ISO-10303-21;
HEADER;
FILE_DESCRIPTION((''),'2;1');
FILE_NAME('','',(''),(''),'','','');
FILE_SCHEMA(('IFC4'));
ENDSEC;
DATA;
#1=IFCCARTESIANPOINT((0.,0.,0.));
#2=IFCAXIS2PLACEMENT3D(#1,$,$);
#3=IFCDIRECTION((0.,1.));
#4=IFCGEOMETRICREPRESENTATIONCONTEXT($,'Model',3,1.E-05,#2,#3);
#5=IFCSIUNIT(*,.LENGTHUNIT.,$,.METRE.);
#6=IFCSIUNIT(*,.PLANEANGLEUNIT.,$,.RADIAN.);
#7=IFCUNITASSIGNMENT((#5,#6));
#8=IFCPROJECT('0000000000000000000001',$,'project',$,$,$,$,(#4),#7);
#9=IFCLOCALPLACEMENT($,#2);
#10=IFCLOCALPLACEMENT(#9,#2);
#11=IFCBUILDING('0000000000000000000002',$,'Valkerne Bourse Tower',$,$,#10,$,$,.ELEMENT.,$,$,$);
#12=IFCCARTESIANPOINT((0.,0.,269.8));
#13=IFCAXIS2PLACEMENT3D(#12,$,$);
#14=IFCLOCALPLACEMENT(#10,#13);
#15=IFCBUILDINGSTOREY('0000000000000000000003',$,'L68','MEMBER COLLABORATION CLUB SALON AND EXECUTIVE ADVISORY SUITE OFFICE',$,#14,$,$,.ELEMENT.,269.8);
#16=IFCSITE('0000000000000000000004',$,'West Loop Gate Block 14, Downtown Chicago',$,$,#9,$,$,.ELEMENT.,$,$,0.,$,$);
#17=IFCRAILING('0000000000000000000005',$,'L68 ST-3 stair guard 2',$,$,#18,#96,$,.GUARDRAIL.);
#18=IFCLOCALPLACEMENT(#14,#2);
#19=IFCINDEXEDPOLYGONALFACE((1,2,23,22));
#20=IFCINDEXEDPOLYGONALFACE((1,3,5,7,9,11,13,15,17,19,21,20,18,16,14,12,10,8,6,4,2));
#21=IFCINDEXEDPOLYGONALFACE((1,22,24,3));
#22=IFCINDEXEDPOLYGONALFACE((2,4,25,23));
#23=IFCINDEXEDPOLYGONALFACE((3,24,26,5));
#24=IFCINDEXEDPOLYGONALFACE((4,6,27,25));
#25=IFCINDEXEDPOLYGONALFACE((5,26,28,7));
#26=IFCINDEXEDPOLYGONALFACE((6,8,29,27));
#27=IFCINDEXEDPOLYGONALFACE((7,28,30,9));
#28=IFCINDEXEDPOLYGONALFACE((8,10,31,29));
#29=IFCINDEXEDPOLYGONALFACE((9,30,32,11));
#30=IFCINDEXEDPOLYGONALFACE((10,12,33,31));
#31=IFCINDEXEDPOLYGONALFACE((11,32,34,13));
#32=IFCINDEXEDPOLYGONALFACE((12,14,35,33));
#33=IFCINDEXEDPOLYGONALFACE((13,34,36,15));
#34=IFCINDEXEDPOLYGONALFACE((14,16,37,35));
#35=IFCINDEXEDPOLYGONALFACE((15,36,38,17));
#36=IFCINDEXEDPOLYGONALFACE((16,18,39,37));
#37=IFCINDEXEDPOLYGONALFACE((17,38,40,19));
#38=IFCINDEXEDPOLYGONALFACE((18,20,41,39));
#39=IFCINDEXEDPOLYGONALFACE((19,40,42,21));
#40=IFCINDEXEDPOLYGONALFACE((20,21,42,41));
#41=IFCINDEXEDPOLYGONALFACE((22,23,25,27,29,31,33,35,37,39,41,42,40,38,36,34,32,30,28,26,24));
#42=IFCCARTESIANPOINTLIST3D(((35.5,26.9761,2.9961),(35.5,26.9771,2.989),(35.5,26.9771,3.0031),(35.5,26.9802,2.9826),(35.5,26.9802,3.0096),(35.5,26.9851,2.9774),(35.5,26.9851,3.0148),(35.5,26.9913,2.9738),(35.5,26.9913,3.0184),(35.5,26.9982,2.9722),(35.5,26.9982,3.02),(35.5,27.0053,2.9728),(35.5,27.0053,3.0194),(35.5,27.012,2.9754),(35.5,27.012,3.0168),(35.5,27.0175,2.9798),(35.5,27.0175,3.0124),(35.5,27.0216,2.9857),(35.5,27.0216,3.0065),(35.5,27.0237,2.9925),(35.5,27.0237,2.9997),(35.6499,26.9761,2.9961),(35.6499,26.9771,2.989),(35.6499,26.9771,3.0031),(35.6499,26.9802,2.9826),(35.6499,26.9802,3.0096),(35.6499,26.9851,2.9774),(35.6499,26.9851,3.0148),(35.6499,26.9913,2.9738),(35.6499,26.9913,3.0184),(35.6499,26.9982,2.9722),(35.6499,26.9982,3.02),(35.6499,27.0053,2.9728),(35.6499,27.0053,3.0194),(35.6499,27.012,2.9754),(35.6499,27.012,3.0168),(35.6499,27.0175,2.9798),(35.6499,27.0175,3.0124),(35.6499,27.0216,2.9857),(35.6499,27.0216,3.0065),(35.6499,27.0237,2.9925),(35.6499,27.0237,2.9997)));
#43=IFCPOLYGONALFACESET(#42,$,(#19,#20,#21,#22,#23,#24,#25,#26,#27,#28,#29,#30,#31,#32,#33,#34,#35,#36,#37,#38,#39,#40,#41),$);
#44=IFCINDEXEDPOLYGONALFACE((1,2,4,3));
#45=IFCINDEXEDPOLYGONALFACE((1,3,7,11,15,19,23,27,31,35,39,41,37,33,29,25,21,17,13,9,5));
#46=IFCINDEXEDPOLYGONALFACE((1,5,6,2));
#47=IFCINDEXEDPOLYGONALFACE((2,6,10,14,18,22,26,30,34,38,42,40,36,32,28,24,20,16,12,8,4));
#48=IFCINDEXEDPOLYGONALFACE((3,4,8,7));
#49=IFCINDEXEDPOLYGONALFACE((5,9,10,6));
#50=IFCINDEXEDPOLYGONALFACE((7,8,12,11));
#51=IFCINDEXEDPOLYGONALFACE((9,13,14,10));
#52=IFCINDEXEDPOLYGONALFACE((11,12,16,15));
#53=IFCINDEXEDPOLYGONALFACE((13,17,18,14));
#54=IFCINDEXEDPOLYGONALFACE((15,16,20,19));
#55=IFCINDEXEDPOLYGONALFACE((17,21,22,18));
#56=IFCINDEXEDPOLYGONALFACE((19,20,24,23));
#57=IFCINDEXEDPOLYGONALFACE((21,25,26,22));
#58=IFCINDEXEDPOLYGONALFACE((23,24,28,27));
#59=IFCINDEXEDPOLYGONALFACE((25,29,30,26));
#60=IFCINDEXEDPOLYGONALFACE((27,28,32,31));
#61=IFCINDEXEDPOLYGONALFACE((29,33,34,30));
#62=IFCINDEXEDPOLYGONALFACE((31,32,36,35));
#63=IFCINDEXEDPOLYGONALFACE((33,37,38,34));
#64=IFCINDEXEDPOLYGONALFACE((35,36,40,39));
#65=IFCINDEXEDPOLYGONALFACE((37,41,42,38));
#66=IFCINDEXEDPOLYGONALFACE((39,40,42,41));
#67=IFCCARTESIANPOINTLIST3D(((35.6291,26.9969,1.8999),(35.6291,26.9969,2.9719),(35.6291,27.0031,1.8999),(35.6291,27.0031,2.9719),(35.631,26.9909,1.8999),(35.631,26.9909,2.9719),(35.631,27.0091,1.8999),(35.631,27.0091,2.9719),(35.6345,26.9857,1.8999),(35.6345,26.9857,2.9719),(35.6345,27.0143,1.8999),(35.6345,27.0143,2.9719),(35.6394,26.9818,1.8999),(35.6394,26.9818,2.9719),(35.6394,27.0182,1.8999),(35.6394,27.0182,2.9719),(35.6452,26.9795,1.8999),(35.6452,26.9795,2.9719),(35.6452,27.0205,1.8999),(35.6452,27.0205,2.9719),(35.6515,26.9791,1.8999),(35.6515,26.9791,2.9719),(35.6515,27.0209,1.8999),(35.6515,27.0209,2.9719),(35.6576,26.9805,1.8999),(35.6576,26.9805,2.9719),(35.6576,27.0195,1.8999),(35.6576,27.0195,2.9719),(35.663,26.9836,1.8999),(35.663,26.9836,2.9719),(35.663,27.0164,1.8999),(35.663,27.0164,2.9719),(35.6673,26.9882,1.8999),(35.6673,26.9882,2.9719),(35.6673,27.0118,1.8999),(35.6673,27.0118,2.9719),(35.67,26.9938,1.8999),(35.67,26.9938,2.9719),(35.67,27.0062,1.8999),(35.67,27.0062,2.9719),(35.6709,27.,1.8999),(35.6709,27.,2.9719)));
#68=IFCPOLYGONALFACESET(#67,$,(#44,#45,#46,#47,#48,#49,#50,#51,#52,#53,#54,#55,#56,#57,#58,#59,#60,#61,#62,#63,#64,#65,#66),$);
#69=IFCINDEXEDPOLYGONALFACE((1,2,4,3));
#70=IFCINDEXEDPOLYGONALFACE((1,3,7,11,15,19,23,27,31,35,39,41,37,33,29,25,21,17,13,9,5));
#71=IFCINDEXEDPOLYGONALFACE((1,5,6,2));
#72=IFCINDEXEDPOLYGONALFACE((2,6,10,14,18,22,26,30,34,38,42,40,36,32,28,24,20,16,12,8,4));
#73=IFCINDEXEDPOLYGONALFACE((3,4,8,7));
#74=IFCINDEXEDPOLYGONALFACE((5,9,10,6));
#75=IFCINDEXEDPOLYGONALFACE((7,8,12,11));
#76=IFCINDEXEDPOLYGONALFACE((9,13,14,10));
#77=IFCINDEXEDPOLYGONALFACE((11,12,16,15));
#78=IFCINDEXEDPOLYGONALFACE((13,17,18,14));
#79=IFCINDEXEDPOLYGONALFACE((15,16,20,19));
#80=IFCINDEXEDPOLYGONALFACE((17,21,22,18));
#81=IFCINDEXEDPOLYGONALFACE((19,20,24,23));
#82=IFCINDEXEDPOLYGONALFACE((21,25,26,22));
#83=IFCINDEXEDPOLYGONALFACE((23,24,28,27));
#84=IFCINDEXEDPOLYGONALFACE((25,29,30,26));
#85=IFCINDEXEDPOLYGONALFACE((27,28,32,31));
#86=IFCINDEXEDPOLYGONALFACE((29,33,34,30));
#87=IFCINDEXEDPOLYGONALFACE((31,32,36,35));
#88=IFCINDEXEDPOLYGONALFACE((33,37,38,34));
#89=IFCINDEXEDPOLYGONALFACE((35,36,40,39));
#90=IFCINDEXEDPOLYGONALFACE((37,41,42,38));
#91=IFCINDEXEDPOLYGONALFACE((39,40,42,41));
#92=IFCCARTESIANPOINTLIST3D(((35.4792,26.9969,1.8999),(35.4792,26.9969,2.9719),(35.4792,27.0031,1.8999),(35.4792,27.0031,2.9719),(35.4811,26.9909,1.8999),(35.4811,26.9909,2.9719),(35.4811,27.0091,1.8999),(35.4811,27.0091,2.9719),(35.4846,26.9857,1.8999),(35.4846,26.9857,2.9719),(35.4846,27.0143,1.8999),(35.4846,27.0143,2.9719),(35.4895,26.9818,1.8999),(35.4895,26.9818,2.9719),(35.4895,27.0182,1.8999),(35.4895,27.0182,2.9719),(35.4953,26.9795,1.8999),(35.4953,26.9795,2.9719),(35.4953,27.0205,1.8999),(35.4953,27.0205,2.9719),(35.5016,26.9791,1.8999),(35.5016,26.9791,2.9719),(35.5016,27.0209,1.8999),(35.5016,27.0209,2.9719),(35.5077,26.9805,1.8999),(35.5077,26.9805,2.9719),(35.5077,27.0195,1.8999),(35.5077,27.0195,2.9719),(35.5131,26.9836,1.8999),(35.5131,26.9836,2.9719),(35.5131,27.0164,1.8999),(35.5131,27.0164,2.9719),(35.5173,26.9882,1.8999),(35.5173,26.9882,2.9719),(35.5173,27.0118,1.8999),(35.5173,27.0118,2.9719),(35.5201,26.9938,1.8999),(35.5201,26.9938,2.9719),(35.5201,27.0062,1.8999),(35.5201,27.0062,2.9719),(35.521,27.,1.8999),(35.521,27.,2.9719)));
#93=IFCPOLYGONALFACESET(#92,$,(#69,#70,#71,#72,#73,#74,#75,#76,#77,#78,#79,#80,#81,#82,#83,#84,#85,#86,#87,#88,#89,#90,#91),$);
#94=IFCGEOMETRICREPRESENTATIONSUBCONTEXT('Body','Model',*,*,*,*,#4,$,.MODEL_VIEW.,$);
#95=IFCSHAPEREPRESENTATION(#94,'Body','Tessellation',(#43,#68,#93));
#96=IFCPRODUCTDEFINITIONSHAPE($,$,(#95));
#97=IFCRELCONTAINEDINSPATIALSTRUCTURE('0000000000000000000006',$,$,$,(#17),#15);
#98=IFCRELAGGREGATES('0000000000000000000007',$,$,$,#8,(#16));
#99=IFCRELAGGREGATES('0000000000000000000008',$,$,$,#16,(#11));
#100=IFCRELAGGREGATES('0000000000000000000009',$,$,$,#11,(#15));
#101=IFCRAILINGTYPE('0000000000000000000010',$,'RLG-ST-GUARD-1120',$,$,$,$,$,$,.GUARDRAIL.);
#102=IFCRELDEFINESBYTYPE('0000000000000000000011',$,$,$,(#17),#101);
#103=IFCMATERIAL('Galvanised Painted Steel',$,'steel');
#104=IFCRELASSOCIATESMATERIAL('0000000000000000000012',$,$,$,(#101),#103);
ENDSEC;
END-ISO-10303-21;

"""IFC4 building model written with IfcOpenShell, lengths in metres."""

from ifc_helpers import new_model, si_unit, direction, frame, origin, origin_2d, place, context, subcontext, project, spatial, circle, extrude, material, type_object, element, save


model = new_model("IFC4")

# Units and contexts
model_context = context("Model", 3, precision=1e-05, world=origin(), true_north=direction((0.0, 1.0)))
body_context = subcontext(model_context, "Body", "Model", "MODEL_VIEW")
ifc_project = project(units=[si_unit("LENGTHUNIT", "METRE"), si_unit("PLANEANGLEUNIT", "RADIAN")], contexts=[model_context])

# Site, building, storey
site_placement = place(None, origin())
site = spatial("IfcSite", under=ifc_project, at=site_placement, Name="West Loop Gate Block 14, Downtown Chicago", CompositionType="ELEMENT", RefElevation=0.0)
building_placement = place(site_placement, origin())
building = spatial("IfcBuilding", under=site, at=building_placement, Name="Valkerne Bourse Tower", CompositionType="ELEMENT")
storey_placement = place(building_placement, frame((0.0, 0.0, 269.8)))
storey = spatial("IfcBuildingStorey", under=building, at=storey_placement, Name="L68", Description="MEMBER COLLABORATION CLUB SALON AND EXECUTIVE ADVISORY SUITE OFFICE", CompositionType="ELEMENT", Elevation=269.8)

# Railing
ifc_material_1 = material(Name="Galvanised Painted Steel", Category="steel")
railing_type_1 = type_object("IfcRailingType", Name="RLG-ST-GUARD-1120", PredefinedType="GUARDRAIL", material=ifc_material_1)
railing_1_placement = place(storey_placement, frame((35.6499, 27.0, 1.8999)))
element("IfcRailing", 1, at=railing_1_placement, inside=storey, type_object=railing_type_1, Name="L68 ST-3 stair guard 2", PredefinedType="GUARDRAIL", context=body_context, shape_type="SweptSolid", body=[
    extrude(circle(Radius=0.0239, at=origin_2d()), frame((0.0, 0.0, 1.0962), z_axis=(-1.0, 0.0, 0.0), x_axis=(0.0, -1.0, 0.0)), (0.0, 0.0, 1.0), 0.1499),
    extrude(circle(Radius=0.021, at=origin_2d()), origin(), (0.0, 0.0, 1.0), 1.072),
    extrude(circle(Radius=0.021, at=origin_2d()), frame((-0.1499, 0.0, 0.0)), (0.0, 0.0, 1.0), 1.072),
])

save(model, "model.ifc")
